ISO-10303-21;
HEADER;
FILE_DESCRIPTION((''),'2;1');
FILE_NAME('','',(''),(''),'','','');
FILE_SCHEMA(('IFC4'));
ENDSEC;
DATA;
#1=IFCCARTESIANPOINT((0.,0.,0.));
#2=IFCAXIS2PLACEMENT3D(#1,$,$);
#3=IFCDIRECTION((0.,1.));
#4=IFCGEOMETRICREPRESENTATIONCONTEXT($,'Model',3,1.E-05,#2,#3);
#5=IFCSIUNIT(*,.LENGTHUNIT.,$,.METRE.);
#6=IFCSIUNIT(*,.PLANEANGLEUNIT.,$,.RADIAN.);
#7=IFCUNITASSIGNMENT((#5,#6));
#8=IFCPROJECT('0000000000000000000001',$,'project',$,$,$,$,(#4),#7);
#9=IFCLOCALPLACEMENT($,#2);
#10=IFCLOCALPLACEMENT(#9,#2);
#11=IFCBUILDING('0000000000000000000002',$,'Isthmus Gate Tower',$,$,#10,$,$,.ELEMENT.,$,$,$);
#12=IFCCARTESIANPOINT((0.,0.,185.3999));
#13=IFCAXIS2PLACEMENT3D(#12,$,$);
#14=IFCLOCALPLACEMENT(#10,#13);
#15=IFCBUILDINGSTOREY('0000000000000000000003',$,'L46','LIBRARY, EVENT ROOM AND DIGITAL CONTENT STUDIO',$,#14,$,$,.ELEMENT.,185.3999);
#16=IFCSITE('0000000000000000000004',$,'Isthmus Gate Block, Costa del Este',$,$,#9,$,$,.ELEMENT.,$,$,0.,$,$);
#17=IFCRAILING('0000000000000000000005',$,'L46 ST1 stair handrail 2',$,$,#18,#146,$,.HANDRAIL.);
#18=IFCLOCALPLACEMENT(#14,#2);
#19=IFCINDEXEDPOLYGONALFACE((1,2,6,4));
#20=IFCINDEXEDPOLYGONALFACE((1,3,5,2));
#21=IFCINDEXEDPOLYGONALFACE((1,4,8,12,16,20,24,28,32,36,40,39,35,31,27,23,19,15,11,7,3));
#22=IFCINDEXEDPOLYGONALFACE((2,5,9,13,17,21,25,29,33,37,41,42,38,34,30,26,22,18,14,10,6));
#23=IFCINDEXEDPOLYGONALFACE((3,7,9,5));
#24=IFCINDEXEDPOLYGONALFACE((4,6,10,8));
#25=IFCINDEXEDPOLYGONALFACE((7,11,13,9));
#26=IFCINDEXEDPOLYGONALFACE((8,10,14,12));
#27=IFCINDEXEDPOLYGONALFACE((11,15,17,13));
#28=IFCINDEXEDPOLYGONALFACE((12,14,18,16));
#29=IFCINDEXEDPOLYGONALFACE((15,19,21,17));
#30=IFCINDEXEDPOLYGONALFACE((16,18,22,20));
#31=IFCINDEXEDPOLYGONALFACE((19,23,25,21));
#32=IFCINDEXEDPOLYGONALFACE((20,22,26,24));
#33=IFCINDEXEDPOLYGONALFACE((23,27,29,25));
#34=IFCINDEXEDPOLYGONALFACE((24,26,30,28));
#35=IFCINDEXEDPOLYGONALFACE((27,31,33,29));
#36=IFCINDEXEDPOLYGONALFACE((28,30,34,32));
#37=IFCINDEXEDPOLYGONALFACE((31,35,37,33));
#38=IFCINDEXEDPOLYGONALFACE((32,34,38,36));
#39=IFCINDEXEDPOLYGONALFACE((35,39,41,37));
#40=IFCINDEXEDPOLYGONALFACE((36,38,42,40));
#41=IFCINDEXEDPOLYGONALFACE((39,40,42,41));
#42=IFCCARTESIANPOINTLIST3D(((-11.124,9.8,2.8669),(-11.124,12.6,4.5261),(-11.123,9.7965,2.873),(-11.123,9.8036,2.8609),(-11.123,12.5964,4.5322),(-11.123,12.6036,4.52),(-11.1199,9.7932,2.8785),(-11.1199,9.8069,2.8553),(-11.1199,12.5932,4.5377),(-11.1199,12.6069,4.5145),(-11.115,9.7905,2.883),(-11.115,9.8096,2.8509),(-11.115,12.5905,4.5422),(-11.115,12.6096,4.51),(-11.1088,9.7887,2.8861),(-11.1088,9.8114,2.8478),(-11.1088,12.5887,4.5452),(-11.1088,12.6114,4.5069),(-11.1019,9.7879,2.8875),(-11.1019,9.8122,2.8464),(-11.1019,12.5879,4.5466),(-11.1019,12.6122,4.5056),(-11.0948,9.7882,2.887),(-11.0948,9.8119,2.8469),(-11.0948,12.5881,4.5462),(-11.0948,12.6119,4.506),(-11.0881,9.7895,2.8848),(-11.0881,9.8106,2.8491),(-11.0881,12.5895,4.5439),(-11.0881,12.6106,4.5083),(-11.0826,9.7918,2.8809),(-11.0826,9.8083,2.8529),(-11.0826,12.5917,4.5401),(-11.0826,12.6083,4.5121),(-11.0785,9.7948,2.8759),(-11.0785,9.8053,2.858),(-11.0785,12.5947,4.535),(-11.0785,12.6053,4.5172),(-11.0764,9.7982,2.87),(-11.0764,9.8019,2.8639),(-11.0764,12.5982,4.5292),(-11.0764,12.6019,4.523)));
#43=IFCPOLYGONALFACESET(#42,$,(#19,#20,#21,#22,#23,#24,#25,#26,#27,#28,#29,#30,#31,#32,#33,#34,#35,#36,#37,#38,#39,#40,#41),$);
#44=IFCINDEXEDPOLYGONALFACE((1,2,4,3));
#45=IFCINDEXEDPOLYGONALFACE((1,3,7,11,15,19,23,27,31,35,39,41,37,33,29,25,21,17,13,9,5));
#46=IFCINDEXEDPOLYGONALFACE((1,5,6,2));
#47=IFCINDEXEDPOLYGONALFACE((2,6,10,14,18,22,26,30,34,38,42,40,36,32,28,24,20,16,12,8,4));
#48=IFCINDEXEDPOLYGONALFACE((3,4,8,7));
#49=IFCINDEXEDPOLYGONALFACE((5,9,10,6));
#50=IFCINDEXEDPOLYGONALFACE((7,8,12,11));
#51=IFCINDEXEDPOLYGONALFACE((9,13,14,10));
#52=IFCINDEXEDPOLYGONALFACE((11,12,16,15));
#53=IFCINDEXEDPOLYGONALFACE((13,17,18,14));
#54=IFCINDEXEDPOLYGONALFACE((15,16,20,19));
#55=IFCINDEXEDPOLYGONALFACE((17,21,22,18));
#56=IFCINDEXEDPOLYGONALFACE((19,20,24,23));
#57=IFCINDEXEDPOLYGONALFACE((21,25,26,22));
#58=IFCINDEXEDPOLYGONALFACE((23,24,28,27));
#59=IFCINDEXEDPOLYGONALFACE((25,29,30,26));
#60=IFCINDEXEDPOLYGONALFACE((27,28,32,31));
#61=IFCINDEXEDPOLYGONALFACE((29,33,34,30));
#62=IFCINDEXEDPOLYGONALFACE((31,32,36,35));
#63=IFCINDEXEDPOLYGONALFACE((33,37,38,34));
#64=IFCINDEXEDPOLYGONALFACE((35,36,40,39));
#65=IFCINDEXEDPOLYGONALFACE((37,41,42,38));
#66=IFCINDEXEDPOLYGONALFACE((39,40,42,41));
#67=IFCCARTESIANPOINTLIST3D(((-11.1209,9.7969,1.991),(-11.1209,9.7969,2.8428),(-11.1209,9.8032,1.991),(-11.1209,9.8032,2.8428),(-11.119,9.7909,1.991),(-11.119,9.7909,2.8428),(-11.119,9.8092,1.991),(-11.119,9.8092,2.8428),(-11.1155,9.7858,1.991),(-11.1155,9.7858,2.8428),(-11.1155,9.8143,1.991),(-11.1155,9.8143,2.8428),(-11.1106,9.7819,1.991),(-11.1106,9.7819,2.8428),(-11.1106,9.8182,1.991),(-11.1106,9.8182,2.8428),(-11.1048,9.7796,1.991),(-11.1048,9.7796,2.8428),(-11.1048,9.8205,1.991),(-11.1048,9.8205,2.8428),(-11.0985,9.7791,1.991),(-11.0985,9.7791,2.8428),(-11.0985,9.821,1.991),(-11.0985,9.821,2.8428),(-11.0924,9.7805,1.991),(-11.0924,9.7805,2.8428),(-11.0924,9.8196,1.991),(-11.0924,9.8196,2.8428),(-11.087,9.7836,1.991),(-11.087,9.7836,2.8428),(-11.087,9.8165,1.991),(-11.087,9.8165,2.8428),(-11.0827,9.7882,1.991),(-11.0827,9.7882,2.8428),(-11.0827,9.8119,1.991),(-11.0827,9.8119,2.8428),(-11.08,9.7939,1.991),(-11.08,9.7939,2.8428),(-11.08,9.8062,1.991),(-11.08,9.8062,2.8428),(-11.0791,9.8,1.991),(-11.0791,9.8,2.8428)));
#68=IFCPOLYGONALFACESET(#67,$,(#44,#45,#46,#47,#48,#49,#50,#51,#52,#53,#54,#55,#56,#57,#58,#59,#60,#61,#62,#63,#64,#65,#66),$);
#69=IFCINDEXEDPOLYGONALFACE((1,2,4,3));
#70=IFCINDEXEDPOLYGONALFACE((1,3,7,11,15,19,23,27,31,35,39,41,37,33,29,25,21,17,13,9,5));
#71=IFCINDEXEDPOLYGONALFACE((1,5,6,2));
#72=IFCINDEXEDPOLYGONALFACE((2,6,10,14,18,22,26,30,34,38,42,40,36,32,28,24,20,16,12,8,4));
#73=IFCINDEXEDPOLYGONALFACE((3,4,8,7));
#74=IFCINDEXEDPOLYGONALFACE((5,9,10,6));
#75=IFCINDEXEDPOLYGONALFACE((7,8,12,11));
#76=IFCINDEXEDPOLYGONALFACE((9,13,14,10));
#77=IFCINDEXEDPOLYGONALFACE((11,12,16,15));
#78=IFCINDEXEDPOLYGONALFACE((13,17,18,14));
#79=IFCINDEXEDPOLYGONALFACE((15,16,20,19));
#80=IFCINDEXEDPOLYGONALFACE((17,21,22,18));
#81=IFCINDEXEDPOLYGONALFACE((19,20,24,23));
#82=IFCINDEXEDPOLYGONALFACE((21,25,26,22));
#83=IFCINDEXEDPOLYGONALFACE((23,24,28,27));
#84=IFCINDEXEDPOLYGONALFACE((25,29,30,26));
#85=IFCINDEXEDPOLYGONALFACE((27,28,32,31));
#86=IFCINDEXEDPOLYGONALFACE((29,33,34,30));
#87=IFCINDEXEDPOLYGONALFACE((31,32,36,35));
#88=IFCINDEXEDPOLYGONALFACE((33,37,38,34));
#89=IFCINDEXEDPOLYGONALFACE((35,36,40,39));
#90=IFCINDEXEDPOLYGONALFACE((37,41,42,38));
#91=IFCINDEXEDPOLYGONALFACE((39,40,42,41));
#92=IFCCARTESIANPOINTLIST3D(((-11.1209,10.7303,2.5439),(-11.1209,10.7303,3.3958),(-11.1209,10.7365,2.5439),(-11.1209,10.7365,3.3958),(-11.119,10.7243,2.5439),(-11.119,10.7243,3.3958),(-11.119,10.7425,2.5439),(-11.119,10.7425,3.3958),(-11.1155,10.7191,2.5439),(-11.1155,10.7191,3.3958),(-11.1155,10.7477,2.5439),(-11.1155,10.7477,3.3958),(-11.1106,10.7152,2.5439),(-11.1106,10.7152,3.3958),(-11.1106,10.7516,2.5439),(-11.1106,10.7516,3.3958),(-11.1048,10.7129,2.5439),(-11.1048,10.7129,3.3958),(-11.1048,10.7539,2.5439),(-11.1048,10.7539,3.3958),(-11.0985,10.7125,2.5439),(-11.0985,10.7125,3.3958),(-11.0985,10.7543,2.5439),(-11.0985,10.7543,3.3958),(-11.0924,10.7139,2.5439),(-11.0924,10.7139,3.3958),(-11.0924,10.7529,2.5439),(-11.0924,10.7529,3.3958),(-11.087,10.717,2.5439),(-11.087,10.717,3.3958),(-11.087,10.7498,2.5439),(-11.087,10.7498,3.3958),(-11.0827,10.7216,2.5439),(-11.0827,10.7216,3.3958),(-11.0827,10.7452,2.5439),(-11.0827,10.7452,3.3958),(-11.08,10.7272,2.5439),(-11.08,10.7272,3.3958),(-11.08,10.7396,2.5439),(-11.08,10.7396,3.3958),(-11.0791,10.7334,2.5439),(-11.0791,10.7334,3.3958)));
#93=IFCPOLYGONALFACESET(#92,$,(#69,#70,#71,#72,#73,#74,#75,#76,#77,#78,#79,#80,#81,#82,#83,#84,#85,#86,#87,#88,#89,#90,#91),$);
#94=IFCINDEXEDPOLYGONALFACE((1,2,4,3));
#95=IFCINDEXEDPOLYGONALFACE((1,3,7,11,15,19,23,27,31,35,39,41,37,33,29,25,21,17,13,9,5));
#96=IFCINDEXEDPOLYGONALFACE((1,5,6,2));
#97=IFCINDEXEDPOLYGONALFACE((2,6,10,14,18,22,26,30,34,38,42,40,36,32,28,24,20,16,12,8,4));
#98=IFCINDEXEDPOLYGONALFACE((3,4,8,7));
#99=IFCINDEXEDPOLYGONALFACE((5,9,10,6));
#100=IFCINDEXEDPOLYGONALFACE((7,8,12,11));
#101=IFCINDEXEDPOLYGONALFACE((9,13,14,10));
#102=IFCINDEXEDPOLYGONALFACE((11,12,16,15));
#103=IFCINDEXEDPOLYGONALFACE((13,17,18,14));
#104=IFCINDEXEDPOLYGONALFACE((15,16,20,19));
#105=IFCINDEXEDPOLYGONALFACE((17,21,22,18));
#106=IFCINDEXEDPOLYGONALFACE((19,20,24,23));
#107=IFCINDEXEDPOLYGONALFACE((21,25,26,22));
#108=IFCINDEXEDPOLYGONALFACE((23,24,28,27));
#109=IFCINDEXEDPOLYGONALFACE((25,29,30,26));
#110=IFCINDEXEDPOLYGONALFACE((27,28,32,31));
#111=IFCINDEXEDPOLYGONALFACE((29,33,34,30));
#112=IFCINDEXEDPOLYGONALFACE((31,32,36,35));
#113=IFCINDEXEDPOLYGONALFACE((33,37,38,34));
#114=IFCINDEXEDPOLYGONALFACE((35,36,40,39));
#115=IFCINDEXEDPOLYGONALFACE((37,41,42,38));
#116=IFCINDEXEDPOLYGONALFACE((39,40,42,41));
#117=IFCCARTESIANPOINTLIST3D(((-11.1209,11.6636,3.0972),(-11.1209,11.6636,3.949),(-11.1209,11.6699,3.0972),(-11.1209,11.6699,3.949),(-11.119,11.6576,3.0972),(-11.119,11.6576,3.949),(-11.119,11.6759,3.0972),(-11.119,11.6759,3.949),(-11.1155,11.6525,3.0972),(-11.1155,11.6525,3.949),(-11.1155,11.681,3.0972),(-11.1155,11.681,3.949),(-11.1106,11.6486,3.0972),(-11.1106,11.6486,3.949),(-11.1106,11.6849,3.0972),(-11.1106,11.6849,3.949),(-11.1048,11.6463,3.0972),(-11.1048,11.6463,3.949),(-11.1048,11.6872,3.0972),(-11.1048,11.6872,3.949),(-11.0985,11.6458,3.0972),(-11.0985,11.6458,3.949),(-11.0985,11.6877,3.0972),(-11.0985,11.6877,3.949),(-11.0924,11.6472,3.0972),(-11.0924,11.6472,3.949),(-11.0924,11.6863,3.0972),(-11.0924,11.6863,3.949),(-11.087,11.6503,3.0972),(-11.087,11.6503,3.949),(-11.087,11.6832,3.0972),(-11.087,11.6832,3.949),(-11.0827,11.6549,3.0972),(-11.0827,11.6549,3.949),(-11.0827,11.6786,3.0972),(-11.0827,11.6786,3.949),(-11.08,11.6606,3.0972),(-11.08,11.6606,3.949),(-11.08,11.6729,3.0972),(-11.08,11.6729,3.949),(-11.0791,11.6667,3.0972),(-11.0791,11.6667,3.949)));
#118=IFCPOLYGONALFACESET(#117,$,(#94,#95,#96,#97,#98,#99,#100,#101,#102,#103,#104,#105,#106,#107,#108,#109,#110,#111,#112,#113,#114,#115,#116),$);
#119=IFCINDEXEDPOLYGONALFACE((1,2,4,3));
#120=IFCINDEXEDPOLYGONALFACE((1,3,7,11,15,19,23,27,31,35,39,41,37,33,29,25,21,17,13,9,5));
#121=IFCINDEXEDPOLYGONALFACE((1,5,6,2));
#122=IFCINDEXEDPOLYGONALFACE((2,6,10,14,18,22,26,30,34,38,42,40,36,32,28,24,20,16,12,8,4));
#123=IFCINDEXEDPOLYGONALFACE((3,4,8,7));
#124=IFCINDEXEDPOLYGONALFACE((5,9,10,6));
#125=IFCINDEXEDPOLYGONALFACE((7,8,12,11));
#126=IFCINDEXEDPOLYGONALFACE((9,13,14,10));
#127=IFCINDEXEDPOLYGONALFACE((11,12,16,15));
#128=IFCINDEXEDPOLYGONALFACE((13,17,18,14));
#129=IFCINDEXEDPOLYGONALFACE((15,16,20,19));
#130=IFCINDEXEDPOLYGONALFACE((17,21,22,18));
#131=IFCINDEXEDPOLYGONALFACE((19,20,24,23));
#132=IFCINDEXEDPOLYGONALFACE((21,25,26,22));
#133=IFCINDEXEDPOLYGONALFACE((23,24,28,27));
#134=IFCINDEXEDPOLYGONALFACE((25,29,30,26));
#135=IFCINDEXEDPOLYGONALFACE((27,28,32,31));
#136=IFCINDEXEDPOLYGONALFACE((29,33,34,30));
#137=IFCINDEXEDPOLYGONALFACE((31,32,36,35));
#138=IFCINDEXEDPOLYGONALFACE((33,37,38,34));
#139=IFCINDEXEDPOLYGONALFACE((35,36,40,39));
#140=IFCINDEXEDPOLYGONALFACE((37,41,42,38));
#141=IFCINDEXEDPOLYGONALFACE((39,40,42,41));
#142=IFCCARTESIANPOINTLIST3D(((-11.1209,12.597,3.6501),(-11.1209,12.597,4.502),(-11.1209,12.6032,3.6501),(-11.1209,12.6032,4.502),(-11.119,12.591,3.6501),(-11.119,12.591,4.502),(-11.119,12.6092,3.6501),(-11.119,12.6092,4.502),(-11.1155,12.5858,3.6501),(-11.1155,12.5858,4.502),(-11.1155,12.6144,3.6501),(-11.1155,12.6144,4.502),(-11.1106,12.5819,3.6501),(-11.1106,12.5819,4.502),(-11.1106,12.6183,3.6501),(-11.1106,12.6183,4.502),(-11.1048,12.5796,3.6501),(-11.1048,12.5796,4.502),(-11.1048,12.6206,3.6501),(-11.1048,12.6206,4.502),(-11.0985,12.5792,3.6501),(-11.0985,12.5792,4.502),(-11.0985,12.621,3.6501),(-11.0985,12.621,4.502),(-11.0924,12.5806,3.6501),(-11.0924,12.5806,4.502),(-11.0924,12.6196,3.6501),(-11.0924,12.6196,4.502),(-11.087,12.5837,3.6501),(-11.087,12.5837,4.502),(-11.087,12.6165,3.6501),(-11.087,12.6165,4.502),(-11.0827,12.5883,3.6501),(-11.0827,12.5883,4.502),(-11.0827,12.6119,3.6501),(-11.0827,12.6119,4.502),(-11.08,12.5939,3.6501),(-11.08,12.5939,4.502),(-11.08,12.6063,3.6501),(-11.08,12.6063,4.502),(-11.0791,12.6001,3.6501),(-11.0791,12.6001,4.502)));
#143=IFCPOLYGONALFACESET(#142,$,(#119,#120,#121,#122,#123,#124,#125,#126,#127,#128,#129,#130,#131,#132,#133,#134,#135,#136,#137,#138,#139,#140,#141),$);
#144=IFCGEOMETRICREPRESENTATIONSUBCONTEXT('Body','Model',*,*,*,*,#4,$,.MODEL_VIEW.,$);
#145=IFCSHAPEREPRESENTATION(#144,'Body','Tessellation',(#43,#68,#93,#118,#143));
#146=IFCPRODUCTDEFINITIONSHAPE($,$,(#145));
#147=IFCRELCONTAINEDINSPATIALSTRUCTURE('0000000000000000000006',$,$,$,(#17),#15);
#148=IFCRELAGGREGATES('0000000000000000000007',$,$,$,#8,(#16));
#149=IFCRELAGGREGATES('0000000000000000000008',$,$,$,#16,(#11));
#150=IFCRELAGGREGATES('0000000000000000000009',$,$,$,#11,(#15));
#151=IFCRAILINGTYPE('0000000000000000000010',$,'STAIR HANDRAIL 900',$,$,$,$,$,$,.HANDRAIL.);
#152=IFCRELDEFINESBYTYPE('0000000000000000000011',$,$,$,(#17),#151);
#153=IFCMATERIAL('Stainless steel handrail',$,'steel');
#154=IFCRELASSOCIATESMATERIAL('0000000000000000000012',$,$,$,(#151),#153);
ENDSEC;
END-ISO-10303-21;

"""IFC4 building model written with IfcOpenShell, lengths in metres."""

from ifc_helpers import new_model, si_unit, direction, frame, origin, origin_2d, place, context, subcontext, project, spatial, circle, extrude, material, type_object, element, save


model = new_model("IFC4")

# Units and contexts
model_context = context("Model", 3, precision=1e-05, world=origin(), true_north=direction((0.0, 1.0)))
body_context = subcontext(model_context, "Body", "Model", "MODEL_VIEW")
ifc_project = project(units=[si_unit("LENGTHUNIT", "METRE"), si_unit("PLANEANGLEUNIT", "RADIAN")], contexts=[model_context])

# Site, building, storey
site_placement = place(None, origin())
site = spatial("IfcSite", under=ifc_project, at=site_placement, Name="Isthmus Gate Block, Costa del Este", CompositionType="ELEMENT", RefElevation=0.0)
building_placement = place(site_placement, origin())
building = spatial("IfcBuilding", under=site, at=building_placement, Name="Isthmus Gate Tower", CompositionType="ELEMENT")
storey_placement = place(building_placement, frame((0.0, 0.0, 185.3999)))
storey = spatial("IfcBuildingStorey", under=building, at=storey_placement, Name="L46", Description="LIBRARY, EVENT ROOM AND DIGITAL CONTENT STUDIO", CompositionType="ELEMENT", Elevation=185.3999)

# Railing
ifc_material_1 = material(Name="Stainless steel handrail", Category="steel")
railing_type_1 = type_object("IfcRailingType", Name="STAIR HANDRAIL 900", PredefinedType="HANDRAIL", material=ifc_material_1)
railing_1_placement = place(storey_placement, frame((-11.1001, 9.8, 1.991)))
element("IfcRailing", 1, at=railing_1_placement, inside=storey, type_object=railing_type_1, Name="L46 ST1 stair handrail 2", PredefinedType="HANDRAIL", context=body_context, shape_type="SweptSolid", body=[
    extrude(circle(Radius=0.0239, at=origin_2d()), frame((0.0, 0.0, 0.876), z_axis=(0.0, 0.860306, 0.509778), x_axis=(-1.0, 0.0, 0.0)), (0.0, 0.0, 1.0), 3.2546),
    extrude(circle(Radius=0.021, at=origin_2d()), origin(), (0.0, 0.0, 1.0), 0.8518),
    extrude(circle(Radius=0.021, at=origin_2d()), frame((0.0, 0.9333, 0.553)), (0.0, 0.0, 1.0), 0.8518),
    extrude(circle(Radius=0.021, at=origin_2d()), frame((0.0, 1.8667, 1.1062)), (0.0, 0.0, 1.0), 0.8518),
    extrude(circle(Radius=0.021, at=origin_2d()), frame((0.0, 2.8, 1.6592)), (0.0, 0.0, 1.0), 0.8518),
])

save(model, "model.ifc")
